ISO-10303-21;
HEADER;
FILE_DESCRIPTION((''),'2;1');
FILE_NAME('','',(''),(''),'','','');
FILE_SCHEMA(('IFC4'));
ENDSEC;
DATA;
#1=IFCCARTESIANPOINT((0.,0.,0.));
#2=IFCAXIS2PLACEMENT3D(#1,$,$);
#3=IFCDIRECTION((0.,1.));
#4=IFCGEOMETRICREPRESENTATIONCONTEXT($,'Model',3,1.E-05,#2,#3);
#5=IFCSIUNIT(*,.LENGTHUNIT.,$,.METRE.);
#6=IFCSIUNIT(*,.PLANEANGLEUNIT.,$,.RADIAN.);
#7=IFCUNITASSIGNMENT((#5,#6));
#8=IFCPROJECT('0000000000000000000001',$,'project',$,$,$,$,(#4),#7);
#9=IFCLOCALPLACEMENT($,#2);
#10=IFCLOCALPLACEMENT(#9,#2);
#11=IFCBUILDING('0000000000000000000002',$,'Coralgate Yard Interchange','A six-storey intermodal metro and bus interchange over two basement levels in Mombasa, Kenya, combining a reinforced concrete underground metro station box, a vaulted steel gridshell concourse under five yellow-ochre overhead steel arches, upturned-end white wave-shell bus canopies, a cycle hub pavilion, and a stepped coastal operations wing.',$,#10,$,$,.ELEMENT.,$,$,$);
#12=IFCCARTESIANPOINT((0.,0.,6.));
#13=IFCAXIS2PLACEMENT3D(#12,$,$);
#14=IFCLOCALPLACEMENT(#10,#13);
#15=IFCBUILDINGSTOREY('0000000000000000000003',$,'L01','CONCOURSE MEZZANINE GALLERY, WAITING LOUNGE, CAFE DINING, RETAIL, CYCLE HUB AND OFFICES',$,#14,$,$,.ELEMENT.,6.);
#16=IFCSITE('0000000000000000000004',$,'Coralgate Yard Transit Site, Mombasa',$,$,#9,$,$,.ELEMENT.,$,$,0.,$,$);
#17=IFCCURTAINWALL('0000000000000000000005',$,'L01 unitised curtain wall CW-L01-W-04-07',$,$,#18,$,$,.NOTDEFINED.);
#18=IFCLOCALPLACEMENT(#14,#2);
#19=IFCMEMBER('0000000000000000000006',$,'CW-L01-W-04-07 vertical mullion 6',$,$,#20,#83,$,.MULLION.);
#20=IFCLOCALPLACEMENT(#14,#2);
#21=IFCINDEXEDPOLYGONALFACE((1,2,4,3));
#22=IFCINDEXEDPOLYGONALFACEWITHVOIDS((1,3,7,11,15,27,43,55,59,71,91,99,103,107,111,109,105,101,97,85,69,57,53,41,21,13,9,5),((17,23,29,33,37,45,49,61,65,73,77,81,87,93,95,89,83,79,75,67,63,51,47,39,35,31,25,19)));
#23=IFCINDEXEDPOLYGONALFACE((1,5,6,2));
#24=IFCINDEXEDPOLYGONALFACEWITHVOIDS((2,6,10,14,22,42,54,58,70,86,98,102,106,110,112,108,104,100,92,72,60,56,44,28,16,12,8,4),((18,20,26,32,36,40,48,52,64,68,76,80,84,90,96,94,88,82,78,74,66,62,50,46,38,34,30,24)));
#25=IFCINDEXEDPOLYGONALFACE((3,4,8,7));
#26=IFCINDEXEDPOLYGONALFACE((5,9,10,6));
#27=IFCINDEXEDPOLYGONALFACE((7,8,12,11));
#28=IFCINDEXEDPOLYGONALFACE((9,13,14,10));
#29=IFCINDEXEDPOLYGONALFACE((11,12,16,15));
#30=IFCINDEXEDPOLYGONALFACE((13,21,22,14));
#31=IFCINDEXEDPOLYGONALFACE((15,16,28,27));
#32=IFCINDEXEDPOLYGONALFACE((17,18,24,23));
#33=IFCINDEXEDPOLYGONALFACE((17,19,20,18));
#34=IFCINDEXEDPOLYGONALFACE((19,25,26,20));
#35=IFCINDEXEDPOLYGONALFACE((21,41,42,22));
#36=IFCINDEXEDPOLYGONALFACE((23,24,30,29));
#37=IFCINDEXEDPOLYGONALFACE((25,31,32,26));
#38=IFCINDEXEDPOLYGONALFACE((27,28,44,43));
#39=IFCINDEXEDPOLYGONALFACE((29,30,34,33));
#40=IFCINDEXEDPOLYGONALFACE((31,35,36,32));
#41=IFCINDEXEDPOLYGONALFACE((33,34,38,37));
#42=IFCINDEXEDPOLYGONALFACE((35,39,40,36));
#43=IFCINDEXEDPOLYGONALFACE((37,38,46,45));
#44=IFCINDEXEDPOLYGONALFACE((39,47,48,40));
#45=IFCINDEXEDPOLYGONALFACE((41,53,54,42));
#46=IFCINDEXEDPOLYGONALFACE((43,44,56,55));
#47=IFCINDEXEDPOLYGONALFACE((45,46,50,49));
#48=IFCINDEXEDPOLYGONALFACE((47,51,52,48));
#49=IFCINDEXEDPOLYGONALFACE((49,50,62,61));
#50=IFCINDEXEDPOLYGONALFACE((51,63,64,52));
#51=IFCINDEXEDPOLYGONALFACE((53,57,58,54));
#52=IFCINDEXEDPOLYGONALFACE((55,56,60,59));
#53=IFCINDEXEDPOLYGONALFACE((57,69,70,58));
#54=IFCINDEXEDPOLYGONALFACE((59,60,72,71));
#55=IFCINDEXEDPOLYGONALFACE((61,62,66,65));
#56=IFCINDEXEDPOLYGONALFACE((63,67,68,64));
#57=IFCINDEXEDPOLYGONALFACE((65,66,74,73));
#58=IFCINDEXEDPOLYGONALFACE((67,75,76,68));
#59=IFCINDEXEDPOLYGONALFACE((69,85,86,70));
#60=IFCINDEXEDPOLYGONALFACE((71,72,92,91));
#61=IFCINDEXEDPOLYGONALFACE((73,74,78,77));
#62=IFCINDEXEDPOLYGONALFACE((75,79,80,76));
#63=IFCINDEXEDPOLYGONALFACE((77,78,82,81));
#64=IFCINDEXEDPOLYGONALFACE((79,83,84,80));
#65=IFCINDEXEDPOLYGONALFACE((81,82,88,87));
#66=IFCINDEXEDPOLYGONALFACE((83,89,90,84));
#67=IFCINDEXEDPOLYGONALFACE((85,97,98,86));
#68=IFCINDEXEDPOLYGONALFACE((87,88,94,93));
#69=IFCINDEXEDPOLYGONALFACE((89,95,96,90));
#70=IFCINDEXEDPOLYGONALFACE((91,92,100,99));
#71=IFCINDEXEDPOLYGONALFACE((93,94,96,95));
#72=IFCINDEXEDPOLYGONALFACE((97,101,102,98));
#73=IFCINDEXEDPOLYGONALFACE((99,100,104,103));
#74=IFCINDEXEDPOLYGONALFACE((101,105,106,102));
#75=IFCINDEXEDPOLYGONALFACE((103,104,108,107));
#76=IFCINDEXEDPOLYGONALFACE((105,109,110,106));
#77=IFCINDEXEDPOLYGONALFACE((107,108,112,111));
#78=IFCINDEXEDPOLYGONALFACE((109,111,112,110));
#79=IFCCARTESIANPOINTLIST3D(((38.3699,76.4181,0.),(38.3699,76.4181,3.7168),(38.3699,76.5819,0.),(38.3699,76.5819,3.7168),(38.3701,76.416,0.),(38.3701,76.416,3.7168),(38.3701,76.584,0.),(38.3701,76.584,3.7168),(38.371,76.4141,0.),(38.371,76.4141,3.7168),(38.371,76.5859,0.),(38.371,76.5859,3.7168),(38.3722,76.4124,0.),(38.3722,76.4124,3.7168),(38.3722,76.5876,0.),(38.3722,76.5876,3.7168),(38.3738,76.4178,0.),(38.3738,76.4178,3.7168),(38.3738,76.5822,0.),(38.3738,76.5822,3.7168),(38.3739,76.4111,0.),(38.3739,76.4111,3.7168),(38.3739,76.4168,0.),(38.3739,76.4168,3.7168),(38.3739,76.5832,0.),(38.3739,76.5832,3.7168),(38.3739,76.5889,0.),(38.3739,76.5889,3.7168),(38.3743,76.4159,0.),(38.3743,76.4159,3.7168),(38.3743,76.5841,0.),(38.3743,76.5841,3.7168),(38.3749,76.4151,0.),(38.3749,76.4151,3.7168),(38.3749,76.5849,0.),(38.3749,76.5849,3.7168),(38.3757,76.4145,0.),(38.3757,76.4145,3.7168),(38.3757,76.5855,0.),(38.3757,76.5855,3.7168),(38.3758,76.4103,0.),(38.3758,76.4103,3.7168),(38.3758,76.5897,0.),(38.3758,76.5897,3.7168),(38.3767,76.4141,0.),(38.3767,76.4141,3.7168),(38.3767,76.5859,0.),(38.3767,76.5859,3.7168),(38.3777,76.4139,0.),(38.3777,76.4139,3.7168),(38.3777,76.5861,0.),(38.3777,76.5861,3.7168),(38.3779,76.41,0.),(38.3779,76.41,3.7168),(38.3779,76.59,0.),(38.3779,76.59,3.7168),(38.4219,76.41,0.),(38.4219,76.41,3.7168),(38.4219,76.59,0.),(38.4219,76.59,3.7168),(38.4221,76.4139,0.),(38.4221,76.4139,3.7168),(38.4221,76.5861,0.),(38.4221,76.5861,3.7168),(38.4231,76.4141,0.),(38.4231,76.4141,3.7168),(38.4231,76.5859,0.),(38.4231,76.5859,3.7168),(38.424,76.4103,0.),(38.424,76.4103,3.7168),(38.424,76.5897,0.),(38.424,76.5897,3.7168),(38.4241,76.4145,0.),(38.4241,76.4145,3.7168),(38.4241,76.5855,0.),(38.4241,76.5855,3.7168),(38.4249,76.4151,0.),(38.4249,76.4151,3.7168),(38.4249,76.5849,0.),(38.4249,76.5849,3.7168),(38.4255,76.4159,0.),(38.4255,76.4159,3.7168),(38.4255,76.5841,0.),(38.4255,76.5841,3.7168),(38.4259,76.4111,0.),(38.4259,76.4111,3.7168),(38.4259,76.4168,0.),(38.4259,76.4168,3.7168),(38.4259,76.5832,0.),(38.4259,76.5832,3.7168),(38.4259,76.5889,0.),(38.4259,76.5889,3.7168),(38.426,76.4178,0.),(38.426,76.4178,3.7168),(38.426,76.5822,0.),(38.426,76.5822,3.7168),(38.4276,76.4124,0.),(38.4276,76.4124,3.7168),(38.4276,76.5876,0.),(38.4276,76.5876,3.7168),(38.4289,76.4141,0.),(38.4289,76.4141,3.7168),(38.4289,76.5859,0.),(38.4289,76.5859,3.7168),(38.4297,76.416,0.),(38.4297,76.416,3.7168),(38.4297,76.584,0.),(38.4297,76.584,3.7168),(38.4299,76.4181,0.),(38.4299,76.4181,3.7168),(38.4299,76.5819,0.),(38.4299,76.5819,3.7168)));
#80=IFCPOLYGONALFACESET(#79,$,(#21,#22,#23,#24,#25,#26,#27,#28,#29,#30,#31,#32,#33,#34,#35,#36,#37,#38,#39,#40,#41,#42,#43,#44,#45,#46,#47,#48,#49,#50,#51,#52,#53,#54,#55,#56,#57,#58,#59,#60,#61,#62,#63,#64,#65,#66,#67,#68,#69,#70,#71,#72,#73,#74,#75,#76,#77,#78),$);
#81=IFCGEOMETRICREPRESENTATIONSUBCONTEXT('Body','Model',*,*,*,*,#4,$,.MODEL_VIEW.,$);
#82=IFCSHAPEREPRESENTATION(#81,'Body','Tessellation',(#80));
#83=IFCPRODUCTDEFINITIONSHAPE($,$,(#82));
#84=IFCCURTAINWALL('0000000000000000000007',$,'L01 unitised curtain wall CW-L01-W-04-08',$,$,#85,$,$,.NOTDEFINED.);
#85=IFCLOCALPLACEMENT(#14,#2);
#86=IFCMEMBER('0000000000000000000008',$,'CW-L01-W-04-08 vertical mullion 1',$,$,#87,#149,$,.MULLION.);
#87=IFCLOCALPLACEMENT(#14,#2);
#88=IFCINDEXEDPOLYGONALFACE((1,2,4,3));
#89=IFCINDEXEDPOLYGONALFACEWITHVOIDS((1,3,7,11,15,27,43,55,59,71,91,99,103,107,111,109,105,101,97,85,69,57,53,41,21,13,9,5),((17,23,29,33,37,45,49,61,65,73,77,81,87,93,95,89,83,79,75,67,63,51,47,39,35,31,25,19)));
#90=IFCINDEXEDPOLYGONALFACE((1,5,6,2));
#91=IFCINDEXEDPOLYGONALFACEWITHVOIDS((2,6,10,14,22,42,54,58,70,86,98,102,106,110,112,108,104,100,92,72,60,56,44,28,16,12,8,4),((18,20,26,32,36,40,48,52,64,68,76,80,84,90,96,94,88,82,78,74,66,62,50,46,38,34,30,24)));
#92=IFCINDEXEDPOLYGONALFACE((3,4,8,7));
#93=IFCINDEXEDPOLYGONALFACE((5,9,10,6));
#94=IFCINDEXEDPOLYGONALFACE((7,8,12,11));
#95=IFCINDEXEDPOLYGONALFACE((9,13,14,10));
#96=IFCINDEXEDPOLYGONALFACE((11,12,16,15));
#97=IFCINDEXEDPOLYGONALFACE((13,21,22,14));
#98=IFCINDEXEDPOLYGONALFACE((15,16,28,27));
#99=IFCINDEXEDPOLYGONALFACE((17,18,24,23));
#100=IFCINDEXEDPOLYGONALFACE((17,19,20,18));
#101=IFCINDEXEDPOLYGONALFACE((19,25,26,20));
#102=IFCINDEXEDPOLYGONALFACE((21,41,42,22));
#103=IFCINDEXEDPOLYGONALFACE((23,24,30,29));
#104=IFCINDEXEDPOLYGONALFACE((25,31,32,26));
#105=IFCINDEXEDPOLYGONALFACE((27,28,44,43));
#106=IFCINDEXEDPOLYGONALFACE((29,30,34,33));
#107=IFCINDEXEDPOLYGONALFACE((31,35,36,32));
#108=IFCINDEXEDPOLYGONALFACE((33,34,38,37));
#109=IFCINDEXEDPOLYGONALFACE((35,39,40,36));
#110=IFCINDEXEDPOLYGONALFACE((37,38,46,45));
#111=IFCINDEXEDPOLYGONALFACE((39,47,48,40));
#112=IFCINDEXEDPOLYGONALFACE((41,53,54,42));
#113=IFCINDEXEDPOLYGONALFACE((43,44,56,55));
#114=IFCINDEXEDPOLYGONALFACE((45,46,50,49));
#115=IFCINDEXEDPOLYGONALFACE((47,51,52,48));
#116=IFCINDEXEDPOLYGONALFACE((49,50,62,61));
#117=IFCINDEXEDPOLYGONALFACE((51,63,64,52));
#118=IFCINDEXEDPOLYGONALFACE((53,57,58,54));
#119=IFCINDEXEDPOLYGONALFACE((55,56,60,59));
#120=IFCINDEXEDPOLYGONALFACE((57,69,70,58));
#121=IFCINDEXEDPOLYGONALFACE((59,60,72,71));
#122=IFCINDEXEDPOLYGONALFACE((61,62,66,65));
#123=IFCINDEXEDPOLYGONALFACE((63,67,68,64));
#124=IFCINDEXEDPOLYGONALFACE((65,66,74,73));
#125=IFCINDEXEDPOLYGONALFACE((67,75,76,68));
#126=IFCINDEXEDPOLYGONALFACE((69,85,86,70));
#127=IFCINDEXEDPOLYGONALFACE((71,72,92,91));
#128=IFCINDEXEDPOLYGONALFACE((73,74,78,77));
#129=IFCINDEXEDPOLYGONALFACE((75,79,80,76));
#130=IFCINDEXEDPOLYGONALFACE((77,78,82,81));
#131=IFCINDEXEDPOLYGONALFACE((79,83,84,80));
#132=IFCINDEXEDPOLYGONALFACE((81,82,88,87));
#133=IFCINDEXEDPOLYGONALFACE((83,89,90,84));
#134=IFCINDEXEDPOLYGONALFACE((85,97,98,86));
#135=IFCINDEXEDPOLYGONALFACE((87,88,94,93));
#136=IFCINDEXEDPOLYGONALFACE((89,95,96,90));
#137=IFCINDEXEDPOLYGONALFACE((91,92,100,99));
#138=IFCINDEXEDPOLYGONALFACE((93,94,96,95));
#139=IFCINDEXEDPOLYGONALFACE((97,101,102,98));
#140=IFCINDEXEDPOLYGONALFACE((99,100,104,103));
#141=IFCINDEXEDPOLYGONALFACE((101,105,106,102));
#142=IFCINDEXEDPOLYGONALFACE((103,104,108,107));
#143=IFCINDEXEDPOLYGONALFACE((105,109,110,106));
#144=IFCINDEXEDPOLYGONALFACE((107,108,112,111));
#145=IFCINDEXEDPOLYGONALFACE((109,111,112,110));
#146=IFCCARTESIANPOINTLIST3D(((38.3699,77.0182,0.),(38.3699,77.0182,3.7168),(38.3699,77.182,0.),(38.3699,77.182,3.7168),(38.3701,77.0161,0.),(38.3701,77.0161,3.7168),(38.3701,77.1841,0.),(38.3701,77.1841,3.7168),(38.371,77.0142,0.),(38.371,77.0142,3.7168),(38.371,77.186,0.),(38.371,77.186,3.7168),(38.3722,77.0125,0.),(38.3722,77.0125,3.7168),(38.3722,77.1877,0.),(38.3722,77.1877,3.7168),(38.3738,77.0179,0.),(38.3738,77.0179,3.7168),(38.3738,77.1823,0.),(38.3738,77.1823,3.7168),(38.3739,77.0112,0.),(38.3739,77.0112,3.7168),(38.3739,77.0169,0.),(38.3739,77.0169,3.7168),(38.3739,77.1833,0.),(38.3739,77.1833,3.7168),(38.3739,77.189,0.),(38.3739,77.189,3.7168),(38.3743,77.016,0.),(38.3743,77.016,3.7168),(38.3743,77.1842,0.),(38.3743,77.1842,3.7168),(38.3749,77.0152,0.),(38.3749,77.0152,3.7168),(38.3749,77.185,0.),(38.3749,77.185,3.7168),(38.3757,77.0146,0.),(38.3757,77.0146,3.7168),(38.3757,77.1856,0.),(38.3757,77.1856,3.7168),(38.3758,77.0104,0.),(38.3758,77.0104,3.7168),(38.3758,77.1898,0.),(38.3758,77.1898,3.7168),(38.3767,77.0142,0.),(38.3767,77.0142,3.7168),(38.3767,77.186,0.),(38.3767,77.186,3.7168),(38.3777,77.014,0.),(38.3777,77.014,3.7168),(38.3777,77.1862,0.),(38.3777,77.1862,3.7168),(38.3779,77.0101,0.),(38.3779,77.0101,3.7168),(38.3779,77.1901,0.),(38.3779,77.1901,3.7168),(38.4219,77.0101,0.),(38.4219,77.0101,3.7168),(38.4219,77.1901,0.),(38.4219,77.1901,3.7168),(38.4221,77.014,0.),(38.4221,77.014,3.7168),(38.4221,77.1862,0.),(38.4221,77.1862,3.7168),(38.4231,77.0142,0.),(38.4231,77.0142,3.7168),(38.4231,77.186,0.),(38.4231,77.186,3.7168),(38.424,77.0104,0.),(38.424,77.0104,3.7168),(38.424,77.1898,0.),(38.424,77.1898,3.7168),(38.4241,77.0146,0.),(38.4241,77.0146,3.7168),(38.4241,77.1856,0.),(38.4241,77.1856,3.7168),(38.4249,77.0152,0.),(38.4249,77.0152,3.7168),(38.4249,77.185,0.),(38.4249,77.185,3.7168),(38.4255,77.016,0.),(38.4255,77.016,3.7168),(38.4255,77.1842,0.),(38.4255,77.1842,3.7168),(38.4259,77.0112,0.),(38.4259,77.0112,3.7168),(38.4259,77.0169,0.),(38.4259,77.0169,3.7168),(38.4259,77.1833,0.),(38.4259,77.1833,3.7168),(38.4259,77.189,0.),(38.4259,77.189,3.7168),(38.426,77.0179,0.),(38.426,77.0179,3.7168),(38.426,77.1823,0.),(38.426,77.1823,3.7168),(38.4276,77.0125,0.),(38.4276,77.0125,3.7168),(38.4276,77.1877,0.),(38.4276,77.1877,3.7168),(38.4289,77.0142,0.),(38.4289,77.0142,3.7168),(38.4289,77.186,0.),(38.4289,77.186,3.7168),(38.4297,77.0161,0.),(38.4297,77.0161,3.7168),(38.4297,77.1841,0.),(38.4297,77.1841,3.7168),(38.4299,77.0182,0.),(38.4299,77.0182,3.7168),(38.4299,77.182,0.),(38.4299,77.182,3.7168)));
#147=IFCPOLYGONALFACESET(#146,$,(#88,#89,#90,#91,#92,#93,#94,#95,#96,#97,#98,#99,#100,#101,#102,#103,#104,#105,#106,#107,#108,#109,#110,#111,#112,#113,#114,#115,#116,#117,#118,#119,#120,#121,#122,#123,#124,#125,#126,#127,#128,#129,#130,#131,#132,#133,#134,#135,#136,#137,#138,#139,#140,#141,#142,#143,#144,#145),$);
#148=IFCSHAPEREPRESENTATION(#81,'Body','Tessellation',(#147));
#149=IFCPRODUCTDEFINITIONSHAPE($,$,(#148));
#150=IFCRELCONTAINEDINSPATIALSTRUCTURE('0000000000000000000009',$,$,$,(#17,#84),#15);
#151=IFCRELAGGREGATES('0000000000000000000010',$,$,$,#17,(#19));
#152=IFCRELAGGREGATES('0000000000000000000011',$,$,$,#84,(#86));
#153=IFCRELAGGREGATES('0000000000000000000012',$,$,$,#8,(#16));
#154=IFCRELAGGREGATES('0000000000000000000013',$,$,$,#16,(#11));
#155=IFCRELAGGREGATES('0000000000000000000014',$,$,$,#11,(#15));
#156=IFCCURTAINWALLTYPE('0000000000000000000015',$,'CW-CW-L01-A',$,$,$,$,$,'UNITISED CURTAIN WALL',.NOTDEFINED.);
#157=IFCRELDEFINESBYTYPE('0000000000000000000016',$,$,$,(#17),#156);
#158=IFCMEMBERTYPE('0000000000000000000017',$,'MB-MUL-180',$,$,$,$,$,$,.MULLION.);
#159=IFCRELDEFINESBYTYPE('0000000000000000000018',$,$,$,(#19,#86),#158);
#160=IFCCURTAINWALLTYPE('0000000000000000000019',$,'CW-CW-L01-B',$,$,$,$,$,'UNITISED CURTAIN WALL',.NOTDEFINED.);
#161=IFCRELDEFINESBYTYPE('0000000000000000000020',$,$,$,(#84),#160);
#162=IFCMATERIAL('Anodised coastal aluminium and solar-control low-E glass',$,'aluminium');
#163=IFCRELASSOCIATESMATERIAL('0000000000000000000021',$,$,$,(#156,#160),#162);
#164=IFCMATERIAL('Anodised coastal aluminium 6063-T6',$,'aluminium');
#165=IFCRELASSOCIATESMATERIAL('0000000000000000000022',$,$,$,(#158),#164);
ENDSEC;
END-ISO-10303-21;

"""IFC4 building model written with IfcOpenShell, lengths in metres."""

from ifc_helpers import new_model, si_unit, direction, frame, origin, origin_2d, place, context, subcontext, project, spatial, hollow_rectangle, extrude, material, material_profile, profile_set, type_object, element, aggregate, save


model = new_model("IFC4")

# Units and contexts
model_context = context("Model", 3, precision=1e-05, world=origin(), true_north=direction((0.0, 1.0)))
body_context = subcontext(model_context, "Body", "Model", "MODEL_VIEW")
ifc_project = project(units=[si_unit("LENGTHUNIT", "METRE"), si_unit("PLANEANGLEUNIT", "RADIAN")], contexts=[model_context])

# Site, building, storey
site_placement = place(None, origin())
site = spatial("IfcSite", under=ifc_project, at=site_placement, Name="Coralgate Yard Transit Site, Mombasa", CompositionType="ELEMENT", RefElevation=0.0)
building_placement = place(site_placement, origin())
building = spatial("IfcBuilding", under=site, at=building_placement, Name="Coralgate Yard Interchange", Description="A six-storey intermodal metro and bus interchange over two basement levels in Mombasa, Kenya, combining a reinforced concrete underground metro station box, a vaulted steel gridshell concourse under five yellow-ochre overhead steel arches, upturned-end white wave-shell bus canopies, a cycle hub pavilion, and a stepped coastal operations wing.", CompositionType="ELEMENT")
storey_placement = place(building_placement, frame((0.0, 0.0, 6.0)))
storey = spatial("IfcBuildingStorey", under=building, at=storey_placement, Name="L01", Description="CONCOURSE MEZZANINE GALLERY, WAITING LOUNGE, CAFE DINING, RETAIL, CYCLE HUB AND OFFICES", CompositionType="ELEMENT", Elevation=6.0)

# Curtain walls, members
ifc_material_1 = material(Name="Anodised coastal aluminium and solar-control low-E glass", Category="aluminium")
curtain_wall_type_1 = type_object("IfcCurtainWallType", Name="CW-CW-L01-A", ElementType="UNITISED CURTAIN WALL", PredefinedType="NOTDEFINED", material=ifc_material_1)
curtain_wall_1_placement = place(storey_placement, origin())
curtain_wall_1 = element("IfcCurtainWall", 1, at=curtain_wall_1_placement, inside=storey, type_object=curtain_wall_type_1, Name="L01 unitised curtain wall CW-L01-W-04-07", PredefinedType="NOTDEFINED")
ifc_material_2 = material(Name="Anodised coastal aluminium 6063-T6", Category="aluminium")
ifc_material_profile_1 = material_profile(ifc_material_2, hollow_rectangle(XDim=0.0601, YDim=0.1799, WallThickness=0.0039, InnerFilletRadius=0.0039, OuterFilletRadius=0.0081, at=origin_2d()), Name="ALU 60x180x4")
ifc_profile_set_1 = profile_set([ifc_material_profile_1], Name="Anodised coastal aluminium 6063-T6")
member_type_1 = type_object("IfcMemberType", Name="MB-MUL-180", PredefinedType="MULLION", material=ifc_profile_set_1)
member_1_placement = place(storey_placement, frame((38.3999, 76.5, 0.0), z_axis=(0.0, 0.0, 1.0), x_axis=(1.0, 0.0, 0.0)))
member_1 = element("IfcMember", 2, at=member_1_placement, type_object=member_type_1, Name="CW-L01-W-04-07 vertical mullion 6", PredefinedType="MULLION", context=body_context, shape_type="SweptSolid", body=[
    extrude(hollow_rectangle(XDim=0.0601, YDim=0.1799, WallThickness=0.0039, InnerFilletRadius=0.0039, OuterFilletRadius=0.0081, at=origin_2d()), origin(), (0.0, 0.0, 1.0), 3.7168),
])
curtain_wall_type_2 = type_object("IfcCurtainWallType", Name="CW-CW-L01-B", ElementType="UNITISED CURTAIN WALL", PredefinedType="NOTDEFINED", material=ifc_material_1)
curtain_wall_2_placement = place(storey_placement, origin())
curtain_wall_2 = element("IfcCurtainWall", 3, at=curtain_wall_2_placement, inside=storey, type_object=curtain_wall_type_2, Name="L01 unitised curtain wall CW-L01-W-04-08", PredefinedType="NOTDEFINED")
member_2_placement = place(storey_placement, frame((38.3999, 77.1001, 0.0), z_axis=(0.0, 0.0, 1.0), x_axis=(1.0, 0.0, 0.0)))
member_2 = element("IfcMember", 4, at=member_2_placement, type_object=member_type_1, Name="CW-L01-W-04-08 vertical mullion 1", PredefinedType="MULLION", context=body_context, shape_type="SweptSolid", body=[
    extrude(hollow_rectangle(XDim=0.0601, YDim=0.1799, WallThickness=0.0039, InnerFilletRadius=0.0039, OuterFilletRadius=0.0081, at=origin_2d()), origin(), (0.0, 0.0, 1.0), 3.7168),
])

aggregate(curtain_wall_1, [member_1])
aggregate(curtain_wall_2, [member_2])

save(model, "model.ifc")
